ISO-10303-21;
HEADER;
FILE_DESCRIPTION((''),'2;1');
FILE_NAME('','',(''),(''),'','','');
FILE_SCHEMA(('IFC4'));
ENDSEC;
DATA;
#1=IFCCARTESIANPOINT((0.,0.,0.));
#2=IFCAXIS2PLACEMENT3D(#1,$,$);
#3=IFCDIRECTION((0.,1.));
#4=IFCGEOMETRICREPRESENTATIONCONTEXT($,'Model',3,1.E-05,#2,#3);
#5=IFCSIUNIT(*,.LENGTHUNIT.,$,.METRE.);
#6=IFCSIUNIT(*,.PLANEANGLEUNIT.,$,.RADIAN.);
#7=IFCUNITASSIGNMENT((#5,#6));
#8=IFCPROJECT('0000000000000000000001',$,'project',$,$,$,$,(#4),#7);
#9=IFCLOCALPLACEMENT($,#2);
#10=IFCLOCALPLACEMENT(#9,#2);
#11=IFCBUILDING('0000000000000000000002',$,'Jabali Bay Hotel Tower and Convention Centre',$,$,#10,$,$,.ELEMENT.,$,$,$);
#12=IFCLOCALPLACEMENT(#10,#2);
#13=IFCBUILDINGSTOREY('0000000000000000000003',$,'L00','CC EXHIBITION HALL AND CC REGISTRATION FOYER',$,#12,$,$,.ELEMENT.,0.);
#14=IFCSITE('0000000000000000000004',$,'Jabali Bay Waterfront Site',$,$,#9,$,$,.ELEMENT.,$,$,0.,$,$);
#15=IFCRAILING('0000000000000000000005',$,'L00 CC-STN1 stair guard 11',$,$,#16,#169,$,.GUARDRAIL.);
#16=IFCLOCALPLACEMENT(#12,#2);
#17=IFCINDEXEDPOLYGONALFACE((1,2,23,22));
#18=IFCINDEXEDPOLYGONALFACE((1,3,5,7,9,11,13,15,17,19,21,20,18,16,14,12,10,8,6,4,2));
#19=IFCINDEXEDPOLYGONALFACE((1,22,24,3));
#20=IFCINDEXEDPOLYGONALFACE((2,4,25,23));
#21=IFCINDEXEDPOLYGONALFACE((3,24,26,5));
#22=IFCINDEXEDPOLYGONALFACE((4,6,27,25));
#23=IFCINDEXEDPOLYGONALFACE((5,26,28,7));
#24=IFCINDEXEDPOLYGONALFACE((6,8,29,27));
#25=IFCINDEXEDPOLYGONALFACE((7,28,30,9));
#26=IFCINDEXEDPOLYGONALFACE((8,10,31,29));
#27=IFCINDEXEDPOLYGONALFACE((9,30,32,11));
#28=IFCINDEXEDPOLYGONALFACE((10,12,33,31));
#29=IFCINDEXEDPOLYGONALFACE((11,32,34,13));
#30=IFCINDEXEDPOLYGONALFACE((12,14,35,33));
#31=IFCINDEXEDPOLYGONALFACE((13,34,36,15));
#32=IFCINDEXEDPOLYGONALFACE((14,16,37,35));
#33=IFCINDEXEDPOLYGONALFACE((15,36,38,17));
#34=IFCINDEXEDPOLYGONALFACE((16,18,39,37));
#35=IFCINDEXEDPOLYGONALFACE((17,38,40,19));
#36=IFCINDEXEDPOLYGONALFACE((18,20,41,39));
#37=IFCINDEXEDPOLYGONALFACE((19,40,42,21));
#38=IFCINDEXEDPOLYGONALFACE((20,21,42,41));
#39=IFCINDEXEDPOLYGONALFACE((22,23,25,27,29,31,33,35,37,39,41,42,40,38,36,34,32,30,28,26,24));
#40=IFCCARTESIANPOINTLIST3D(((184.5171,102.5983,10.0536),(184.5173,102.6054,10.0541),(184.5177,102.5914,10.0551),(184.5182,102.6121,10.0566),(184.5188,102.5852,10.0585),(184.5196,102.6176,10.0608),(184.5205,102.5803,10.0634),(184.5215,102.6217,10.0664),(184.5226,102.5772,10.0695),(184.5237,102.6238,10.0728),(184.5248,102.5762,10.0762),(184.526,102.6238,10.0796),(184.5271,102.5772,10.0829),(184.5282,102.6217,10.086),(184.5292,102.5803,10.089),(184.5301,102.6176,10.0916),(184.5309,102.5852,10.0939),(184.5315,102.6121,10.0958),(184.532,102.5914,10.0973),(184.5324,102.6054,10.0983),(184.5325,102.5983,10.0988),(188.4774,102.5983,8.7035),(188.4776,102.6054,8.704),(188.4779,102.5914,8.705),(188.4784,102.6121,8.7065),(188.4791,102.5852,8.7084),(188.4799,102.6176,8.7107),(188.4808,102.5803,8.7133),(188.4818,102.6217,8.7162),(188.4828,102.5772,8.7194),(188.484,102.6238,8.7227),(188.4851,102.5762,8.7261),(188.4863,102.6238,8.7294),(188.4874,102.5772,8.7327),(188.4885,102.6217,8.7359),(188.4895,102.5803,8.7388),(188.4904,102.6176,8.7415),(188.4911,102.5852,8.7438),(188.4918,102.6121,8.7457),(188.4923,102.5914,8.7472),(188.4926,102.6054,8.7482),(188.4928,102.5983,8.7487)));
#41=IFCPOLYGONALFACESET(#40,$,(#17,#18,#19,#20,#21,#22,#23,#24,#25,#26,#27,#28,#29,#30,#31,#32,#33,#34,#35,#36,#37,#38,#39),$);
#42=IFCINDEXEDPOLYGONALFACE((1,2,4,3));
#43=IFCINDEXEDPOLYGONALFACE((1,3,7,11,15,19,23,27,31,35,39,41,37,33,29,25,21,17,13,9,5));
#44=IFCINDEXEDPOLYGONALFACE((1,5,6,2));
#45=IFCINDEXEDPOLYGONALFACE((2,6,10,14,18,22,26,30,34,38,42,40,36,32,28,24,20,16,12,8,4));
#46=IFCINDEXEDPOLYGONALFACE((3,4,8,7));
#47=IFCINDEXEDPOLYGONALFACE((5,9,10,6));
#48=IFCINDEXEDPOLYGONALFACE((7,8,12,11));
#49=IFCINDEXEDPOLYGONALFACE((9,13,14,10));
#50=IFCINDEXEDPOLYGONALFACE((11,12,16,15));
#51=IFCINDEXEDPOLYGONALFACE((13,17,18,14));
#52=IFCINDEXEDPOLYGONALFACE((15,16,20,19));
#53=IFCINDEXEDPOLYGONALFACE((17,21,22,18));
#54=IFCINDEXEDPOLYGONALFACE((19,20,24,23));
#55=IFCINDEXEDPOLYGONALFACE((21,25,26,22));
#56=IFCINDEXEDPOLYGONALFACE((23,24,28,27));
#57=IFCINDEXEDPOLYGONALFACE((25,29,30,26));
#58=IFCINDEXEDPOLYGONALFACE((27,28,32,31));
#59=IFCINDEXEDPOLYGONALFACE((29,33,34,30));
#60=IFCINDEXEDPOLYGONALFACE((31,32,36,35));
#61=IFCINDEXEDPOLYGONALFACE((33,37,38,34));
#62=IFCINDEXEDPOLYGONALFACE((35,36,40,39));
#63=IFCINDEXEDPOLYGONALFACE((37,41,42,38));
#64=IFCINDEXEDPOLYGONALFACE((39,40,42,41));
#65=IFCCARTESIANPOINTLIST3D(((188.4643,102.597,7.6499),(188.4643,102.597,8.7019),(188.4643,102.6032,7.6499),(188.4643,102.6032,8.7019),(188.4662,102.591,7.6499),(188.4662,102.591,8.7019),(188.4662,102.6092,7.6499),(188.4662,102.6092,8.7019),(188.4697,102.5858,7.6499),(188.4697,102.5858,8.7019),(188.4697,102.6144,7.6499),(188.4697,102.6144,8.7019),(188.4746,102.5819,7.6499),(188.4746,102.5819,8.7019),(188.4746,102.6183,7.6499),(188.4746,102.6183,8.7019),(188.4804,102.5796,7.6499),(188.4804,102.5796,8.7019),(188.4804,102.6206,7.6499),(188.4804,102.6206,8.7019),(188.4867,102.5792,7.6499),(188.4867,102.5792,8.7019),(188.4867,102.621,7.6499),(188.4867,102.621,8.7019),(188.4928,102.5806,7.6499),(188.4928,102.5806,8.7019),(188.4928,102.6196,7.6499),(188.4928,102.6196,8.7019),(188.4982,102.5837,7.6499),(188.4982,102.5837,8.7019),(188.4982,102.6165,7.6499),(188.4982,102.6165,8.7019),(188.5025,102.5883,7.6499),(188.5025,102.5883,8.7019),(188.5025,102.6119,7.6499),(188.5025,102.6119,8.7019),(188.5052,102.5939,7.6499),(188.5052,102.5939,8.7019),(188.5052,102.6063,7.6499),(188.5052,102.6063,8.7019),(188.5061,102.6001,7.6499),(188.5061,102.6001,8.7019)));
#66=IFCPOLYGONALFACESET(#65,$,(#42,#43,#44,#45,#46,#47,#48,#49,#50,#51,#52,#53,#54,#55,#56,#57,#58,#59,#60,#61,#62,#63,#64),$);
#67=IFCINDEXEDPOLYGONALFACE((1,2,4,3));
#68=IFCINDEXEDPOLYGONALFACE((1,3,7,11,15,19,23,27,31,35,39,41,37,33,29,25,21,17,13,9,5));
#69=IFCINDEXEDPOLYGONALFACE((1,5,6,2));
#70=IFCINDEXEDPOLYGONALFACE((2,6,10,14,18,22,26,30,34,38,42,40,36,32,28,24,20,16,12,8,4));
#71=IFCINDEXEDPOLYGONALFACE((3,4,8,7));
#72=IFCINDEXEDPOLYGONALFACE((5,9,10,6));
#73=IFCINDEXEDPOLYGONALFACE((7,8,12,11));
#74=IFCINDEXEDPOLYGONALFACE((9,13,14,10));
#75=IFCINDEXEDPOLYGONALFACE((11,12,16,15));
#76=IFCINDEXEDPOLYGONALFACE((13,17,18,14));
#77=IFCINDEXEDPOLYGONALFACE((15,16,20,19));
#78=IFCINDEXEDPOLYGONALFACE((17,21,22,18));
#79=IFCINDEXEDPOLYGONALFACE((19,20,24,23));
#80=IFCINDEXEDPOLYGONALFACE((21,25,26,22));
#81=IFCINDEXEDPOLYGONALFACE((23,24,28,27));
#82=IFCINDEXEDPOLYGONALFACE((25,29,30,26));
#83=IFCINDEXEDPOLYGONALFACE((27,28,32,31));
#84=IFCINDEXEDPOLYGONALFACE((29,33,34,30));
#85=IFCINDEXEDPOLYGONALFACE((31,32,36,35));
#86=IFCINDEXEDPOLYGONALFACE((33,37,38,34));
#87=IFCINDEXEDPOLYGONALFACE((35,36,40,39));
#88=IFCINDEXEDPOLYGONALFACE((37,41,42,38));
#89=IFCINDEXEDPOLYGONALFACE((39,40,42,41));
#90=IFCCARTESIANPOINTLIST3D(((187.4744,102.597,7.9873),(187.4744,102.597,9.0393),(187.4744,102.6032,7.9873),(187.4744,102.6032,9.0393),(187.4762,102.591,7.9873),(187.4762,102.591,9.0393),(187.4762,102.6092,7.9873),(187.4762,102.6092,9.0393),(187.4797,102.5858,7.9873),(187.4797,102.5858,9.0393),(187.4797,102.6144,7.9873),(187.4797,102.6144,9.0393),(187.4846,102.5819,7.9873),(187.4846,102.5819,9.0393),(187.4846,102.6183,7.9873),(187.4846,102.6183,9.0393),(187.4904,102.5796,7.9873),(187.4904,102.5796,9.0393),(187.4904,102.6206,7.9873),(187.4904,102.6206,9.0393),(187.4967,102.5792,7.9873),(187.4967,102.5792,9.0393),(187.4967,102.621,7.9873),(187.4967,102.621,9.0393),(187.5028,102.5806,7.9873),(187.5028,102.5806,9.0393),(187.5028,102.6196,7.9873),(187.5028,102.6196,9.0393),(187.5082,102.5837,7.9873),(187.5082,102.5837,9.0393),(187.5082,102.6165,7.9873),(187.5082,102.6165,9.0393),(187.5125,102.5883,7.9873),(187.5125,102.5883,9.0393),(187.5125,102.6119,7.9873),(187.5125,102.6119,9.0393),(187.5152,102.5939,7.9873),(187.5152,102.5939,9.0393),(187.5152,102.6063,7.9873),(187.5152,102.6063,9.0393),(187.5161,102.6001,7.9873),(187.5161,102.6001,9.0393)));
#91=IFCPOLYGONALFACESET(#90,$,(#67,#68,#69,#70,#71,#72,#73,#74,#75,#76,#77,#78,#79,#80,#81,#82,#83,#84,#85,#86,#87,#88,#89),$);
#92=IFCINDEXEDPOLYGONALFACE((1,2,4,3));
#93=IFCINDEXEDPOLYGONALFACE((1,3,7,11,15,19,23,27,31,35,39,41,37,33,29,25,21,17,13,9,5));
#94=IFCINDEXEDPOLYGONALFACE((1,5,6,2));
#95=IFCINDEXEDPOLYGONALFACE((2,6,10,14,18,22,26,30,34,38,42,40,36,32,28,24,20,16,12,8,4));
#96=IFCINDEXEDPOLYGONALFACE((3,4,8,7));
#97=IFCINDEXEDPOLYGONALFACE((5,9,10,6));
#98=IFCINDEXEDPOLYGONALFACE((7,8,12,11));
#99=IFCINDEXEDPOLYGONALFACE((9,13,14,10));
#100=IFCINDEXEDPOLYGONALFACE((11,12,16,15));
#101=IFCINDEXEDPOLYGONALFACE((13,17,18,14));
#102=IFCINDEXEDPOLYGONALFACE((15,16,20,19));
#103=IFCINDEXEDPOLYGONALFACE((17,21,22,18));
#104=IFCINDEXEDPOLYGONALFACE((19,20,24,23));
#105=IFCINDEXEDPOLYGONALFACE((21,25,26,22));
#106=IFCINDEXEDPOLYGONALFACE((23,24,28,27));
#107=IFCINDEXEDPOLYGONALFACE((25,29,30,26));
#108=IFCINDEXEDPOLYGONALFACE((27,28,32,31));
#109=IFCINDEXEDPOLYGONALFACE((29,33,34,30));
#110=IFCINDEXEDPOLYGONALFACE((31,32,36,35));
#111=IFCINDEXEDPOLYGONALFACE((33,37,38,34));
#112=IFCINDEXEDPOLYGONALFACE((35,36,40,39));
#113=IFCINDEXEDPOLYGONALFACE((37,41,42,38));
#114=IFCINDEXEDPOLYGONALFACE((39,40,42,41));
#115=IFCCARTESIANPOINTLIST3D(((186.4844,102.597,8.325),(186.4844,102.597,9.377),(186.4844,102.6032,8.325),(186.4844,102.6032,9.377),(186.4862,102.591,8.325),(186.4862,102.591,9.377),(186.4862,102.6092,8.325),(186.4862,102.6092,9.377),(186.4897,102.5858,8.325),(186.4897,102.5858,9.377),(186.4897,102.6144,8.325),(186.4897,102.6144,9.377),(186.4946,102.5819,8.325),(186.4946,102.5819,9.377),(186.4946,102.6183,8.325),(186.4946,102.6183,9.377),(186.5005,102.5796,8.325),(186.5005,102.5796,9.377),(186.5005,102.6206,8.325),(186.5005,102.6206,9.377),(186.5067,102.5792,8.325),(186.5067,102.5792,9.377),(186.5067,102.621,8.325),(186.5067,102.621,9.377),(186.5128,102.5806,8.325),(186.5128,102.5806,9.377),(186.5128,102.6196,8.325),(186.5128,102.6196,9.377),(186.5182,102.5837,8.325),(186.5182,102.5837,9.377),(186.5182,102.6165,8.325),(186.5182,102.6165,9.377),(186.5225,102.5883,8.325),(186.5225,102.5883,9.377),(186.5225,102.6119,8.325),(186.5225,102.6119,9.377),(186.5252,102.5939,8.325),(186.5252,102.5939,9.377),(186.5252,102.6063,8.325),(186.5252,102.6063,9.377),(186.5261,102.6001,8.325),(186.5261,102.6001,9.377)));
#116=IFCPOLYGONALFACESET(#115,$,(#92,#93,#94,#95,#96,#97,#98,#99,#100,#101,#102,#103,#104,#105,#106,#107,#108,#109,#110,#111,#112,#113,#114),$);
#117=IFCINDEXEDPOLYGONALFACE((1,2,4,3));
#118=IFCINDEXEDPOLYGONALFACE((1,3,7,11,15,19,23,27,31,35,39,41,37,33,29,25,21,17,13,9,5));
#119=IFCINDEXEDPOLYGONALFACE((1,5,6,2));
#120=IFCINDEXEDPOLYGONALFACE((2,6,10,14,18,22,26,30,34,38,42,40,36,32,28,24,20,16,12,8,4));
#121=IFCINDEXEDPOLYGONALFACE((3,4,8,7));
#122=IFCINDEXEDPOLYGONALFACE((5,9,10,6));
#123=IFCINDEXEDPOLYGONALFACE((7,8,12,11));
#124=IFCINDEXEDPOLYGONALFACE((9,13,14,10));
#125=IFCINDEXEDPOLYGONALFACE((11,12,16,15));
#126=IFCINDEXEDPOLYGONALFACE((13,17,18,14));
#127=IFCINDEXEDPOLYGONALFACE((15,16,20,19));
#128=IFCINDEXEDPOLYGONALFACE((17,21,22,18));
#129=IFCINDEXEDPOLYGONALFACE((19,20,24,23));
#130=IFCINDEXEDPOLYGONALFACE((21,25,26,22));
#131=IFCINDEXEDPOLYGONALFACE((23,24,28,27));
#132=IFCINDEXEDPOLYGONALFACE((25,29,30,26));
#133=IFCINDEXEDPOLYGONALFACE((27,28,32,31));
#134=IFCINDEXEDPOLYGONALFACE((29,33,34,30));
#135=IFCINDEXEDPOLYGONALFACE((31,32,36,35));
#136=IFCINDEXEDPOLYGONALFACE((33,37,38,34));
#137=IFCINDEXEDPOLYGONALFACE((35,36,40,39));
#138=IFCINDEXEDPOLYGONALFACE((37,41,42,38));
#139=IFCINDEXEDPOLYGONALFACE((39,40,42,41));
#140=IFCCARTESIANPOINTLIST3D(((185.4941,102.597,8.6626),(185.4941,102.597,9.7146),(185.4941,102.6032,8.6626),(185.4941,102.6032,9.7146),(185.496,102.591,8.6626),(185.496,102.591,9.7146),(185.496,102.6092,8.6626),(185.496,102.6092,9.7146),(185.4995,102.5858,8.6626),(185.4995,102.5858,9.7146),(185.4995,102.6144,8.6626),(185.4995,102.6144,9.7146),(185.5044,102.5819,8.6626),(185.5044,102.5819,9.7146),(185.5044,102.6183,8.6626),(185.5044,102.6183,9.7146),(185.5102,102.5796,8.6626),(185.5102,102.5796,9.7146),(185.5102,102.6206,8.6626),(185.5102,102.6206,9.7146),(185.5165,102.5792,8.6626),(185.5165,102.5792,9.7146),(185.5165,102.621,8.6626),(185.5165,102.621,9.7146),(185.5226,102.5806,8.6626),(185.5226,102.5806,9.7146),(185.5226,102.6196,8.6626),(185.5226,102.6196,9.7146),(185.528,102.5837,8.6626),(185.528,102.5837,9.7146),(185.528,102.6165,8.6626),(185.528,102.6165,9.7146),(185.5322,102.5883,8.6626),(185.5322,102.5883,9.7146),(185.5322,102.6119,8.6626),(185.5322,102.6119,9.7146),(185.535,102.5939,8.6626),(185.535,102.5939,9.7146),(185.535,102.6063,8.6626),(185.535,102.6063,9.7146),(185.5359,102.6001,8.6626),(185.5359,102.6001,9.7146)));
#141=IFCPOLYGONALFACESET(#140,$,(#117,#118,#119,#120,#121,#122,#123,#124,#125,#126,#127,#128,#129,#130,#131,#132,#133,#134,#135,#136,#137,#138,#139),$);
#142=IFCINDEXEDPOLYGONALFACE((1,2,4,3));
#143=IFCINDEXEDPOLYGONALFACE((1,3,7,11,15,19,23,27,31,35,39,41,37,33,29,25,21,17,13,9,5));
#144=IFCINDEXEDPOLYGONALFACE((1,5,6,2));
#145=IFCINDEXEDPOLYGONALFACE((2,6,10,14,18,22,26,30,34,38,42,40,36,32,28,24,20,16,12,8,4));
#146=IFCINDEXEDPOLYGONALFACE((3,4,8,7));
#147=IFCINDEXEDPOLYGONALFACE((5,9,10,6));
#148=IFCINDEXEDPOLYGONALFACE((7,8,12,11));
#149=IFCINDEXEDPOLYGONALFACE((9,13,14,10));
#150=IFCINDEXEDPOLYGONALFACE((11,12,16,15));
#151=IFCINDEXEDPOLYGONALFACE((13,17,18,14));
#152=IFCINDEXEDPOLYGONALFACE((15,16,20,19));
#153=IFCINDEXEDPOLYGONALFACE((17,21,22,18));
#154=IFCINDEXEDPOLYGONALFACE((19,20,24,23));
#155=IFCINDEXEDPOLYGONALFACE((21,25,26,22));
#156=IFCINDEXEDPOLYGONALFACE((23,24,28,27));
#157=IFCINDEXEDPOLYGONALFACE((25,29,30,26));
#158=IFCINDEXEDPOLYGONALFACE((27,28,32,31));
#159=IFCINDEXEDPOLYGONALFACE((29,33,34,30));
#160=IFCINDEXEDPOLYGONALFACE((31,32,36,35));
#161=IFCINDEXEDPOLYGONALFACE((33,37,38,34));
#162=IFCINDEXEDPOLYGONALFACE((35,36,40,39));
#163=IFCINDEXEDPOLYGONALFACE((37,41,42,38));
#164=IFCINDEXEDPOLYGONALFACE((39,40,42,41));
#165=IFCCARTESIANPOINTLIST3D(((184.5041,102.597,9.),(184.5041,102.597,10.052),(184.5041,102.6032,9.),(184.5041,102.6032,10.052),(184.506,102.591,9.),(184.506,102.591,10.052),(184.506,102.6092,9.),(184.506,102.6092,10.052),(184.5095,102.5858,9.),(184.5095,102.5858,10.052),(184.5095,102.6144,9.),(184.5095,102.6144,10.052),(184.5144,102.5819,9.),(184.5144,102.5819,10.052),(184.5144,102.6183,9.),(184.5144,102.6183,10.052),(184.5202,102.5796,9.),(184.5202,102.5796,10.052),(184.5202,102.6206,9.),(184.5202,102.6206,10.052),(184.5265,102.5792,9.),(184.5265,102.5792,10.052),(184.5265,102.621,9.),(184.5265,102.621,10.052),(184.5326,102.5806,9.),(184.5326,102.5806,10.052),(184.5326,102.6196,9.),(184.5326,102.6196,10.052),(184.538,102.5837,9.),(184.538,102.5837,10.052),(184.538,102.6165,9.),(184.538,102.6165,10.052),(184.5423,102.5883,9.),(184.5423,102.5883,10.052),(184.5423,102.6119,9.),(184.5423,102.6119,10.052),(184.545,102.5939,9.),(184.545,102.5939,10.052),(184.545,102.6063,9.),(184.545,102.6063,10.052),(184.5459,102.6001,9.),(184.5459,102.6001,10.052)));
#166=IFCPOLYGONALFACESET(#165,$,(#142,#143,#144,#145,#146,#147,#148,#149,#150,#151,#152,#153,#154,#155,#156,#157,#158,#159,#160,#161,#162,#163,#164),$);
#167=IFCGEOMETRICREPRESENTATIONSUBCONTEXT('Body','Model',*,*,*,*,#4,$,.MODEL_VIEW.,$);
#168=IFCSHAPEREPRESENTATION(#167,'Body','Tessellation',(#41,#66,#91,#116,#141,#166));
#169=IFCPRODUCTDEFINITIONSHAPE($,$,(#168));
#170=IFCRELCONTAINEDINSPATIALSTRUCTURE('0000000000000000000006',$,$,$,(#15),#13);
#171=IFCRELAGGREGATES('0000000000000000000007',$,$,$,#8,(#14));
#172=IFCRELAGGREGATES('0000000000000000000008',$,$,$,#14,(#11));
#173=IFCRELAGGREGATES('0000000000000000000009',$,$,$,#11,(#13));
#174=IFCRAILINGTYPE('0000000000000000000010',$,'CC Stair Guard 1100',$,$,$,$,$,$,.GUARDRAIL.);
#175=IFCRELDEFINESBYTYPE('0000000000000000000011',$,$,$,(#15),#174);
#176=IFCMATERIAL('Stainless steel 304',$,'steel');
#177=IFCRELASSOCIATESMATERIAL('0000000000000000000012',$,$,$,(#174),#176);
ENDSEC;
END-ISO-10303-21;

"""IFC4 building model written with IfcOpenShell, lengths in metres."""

from ifc_helpers import new_model, si_unit, direction, frame, origin, origin_2d, place, context, subcontext, project, spatial, circle, extrude, material, type_object, element, save


model = new_model("IFC4")

# Units and contexts
model_context = context("Model", 3, precision=1e-05, world=origin(), true_north=direction((0.0, 1.0)))
body_context = subcontext(model_context, "Body", "Model", "MODEL_VIEW")
ifc_project = project(units=[si_unit("LENGTHUNIT", "METRE"), si_unit("PLANEANGLEUNIT", "RADIAN")], contexts=[model_context])

# Site, building, storey
site_placement = place(None, origin())
site = spatial("IfcSite", under=ifc_project, at=site_placement, Name="Jabali Bay Waterfront Site", CompositionType="ELEMENT", RefElevation=0.0)
building_placement = place(site_placement, origin())
building = spatial("IfcBuilding", under=site, at=building_placement, Name="Jabali Bay Hotel Tower and Convention Centre", CompositionType="ELEMENT")
storey_placement = place(building_placement, origin())
storey = spatial("IfcBuildingStorey", under=building, at=storey_placement, Name="L00", Description="CC EXHIBITION HALL AND CC REGISTRATION FOYER", CompositionType="ELEMENT", Elevation=0.0)

# Railing
ifc_material_1 = material(Name="Stainless steel 304", Category="steel")
railing_type_1 = type_object("IfcRailingType", Name="CC Stair Guard 1100", PredefinedType="GUARDRAIL", material=ifc_material_1)
railing_placement = place(storey_placement, frame((188.4851, 102.6001, 7.6499)))
element("IfcRailing", 1, at=railing_placement, inside=storey, type_object=railing_type_1, Name="L00 CC-STN1 stair guard 11", PredefinedType="GUARDRAIL", context=body_context, shape_type="SweptSolid", body=[
    extrude(circle(Radius=0.0239, at=origin_2d()), frame((0.0, 0.0, 1.0762), z_axis=(-0.946508, 0.0, 0.32268), x_axis=(0.0, -1.0, 0.0)), (0.0, 0.0, 1.0), 4.1841),
    extrude(circle(Radius=0.021, at=origin_2d()), origin(), (0.0, 0.0, 1.0), 1.052),
    extrude(circle(Radius=0.021, at=origin_2d()), frame((-0.99, 0.0, 0.3374)), (0.0, 0.0, 1.0), 1.052),
    extrude(circle(Radius=0.021, at=origin_2d()), frame((-1.98, 0.0, 0.675)), (0.0, 0.0, 1.0), 1.052),
    extrude(circle(Radius=0.021, at=origin_2d()), frame((-2.9702, 0.0, 1.0127)), (0.0, 0.0, 1.0), 1.052),
    extrude(circle(Radius=0.021, at=origin_2d()), frame((-3.9602, 0.0, 1.3501)), (0.0, 0.0, 1.0), 1.052),
])

save(model, "model.ifc")
